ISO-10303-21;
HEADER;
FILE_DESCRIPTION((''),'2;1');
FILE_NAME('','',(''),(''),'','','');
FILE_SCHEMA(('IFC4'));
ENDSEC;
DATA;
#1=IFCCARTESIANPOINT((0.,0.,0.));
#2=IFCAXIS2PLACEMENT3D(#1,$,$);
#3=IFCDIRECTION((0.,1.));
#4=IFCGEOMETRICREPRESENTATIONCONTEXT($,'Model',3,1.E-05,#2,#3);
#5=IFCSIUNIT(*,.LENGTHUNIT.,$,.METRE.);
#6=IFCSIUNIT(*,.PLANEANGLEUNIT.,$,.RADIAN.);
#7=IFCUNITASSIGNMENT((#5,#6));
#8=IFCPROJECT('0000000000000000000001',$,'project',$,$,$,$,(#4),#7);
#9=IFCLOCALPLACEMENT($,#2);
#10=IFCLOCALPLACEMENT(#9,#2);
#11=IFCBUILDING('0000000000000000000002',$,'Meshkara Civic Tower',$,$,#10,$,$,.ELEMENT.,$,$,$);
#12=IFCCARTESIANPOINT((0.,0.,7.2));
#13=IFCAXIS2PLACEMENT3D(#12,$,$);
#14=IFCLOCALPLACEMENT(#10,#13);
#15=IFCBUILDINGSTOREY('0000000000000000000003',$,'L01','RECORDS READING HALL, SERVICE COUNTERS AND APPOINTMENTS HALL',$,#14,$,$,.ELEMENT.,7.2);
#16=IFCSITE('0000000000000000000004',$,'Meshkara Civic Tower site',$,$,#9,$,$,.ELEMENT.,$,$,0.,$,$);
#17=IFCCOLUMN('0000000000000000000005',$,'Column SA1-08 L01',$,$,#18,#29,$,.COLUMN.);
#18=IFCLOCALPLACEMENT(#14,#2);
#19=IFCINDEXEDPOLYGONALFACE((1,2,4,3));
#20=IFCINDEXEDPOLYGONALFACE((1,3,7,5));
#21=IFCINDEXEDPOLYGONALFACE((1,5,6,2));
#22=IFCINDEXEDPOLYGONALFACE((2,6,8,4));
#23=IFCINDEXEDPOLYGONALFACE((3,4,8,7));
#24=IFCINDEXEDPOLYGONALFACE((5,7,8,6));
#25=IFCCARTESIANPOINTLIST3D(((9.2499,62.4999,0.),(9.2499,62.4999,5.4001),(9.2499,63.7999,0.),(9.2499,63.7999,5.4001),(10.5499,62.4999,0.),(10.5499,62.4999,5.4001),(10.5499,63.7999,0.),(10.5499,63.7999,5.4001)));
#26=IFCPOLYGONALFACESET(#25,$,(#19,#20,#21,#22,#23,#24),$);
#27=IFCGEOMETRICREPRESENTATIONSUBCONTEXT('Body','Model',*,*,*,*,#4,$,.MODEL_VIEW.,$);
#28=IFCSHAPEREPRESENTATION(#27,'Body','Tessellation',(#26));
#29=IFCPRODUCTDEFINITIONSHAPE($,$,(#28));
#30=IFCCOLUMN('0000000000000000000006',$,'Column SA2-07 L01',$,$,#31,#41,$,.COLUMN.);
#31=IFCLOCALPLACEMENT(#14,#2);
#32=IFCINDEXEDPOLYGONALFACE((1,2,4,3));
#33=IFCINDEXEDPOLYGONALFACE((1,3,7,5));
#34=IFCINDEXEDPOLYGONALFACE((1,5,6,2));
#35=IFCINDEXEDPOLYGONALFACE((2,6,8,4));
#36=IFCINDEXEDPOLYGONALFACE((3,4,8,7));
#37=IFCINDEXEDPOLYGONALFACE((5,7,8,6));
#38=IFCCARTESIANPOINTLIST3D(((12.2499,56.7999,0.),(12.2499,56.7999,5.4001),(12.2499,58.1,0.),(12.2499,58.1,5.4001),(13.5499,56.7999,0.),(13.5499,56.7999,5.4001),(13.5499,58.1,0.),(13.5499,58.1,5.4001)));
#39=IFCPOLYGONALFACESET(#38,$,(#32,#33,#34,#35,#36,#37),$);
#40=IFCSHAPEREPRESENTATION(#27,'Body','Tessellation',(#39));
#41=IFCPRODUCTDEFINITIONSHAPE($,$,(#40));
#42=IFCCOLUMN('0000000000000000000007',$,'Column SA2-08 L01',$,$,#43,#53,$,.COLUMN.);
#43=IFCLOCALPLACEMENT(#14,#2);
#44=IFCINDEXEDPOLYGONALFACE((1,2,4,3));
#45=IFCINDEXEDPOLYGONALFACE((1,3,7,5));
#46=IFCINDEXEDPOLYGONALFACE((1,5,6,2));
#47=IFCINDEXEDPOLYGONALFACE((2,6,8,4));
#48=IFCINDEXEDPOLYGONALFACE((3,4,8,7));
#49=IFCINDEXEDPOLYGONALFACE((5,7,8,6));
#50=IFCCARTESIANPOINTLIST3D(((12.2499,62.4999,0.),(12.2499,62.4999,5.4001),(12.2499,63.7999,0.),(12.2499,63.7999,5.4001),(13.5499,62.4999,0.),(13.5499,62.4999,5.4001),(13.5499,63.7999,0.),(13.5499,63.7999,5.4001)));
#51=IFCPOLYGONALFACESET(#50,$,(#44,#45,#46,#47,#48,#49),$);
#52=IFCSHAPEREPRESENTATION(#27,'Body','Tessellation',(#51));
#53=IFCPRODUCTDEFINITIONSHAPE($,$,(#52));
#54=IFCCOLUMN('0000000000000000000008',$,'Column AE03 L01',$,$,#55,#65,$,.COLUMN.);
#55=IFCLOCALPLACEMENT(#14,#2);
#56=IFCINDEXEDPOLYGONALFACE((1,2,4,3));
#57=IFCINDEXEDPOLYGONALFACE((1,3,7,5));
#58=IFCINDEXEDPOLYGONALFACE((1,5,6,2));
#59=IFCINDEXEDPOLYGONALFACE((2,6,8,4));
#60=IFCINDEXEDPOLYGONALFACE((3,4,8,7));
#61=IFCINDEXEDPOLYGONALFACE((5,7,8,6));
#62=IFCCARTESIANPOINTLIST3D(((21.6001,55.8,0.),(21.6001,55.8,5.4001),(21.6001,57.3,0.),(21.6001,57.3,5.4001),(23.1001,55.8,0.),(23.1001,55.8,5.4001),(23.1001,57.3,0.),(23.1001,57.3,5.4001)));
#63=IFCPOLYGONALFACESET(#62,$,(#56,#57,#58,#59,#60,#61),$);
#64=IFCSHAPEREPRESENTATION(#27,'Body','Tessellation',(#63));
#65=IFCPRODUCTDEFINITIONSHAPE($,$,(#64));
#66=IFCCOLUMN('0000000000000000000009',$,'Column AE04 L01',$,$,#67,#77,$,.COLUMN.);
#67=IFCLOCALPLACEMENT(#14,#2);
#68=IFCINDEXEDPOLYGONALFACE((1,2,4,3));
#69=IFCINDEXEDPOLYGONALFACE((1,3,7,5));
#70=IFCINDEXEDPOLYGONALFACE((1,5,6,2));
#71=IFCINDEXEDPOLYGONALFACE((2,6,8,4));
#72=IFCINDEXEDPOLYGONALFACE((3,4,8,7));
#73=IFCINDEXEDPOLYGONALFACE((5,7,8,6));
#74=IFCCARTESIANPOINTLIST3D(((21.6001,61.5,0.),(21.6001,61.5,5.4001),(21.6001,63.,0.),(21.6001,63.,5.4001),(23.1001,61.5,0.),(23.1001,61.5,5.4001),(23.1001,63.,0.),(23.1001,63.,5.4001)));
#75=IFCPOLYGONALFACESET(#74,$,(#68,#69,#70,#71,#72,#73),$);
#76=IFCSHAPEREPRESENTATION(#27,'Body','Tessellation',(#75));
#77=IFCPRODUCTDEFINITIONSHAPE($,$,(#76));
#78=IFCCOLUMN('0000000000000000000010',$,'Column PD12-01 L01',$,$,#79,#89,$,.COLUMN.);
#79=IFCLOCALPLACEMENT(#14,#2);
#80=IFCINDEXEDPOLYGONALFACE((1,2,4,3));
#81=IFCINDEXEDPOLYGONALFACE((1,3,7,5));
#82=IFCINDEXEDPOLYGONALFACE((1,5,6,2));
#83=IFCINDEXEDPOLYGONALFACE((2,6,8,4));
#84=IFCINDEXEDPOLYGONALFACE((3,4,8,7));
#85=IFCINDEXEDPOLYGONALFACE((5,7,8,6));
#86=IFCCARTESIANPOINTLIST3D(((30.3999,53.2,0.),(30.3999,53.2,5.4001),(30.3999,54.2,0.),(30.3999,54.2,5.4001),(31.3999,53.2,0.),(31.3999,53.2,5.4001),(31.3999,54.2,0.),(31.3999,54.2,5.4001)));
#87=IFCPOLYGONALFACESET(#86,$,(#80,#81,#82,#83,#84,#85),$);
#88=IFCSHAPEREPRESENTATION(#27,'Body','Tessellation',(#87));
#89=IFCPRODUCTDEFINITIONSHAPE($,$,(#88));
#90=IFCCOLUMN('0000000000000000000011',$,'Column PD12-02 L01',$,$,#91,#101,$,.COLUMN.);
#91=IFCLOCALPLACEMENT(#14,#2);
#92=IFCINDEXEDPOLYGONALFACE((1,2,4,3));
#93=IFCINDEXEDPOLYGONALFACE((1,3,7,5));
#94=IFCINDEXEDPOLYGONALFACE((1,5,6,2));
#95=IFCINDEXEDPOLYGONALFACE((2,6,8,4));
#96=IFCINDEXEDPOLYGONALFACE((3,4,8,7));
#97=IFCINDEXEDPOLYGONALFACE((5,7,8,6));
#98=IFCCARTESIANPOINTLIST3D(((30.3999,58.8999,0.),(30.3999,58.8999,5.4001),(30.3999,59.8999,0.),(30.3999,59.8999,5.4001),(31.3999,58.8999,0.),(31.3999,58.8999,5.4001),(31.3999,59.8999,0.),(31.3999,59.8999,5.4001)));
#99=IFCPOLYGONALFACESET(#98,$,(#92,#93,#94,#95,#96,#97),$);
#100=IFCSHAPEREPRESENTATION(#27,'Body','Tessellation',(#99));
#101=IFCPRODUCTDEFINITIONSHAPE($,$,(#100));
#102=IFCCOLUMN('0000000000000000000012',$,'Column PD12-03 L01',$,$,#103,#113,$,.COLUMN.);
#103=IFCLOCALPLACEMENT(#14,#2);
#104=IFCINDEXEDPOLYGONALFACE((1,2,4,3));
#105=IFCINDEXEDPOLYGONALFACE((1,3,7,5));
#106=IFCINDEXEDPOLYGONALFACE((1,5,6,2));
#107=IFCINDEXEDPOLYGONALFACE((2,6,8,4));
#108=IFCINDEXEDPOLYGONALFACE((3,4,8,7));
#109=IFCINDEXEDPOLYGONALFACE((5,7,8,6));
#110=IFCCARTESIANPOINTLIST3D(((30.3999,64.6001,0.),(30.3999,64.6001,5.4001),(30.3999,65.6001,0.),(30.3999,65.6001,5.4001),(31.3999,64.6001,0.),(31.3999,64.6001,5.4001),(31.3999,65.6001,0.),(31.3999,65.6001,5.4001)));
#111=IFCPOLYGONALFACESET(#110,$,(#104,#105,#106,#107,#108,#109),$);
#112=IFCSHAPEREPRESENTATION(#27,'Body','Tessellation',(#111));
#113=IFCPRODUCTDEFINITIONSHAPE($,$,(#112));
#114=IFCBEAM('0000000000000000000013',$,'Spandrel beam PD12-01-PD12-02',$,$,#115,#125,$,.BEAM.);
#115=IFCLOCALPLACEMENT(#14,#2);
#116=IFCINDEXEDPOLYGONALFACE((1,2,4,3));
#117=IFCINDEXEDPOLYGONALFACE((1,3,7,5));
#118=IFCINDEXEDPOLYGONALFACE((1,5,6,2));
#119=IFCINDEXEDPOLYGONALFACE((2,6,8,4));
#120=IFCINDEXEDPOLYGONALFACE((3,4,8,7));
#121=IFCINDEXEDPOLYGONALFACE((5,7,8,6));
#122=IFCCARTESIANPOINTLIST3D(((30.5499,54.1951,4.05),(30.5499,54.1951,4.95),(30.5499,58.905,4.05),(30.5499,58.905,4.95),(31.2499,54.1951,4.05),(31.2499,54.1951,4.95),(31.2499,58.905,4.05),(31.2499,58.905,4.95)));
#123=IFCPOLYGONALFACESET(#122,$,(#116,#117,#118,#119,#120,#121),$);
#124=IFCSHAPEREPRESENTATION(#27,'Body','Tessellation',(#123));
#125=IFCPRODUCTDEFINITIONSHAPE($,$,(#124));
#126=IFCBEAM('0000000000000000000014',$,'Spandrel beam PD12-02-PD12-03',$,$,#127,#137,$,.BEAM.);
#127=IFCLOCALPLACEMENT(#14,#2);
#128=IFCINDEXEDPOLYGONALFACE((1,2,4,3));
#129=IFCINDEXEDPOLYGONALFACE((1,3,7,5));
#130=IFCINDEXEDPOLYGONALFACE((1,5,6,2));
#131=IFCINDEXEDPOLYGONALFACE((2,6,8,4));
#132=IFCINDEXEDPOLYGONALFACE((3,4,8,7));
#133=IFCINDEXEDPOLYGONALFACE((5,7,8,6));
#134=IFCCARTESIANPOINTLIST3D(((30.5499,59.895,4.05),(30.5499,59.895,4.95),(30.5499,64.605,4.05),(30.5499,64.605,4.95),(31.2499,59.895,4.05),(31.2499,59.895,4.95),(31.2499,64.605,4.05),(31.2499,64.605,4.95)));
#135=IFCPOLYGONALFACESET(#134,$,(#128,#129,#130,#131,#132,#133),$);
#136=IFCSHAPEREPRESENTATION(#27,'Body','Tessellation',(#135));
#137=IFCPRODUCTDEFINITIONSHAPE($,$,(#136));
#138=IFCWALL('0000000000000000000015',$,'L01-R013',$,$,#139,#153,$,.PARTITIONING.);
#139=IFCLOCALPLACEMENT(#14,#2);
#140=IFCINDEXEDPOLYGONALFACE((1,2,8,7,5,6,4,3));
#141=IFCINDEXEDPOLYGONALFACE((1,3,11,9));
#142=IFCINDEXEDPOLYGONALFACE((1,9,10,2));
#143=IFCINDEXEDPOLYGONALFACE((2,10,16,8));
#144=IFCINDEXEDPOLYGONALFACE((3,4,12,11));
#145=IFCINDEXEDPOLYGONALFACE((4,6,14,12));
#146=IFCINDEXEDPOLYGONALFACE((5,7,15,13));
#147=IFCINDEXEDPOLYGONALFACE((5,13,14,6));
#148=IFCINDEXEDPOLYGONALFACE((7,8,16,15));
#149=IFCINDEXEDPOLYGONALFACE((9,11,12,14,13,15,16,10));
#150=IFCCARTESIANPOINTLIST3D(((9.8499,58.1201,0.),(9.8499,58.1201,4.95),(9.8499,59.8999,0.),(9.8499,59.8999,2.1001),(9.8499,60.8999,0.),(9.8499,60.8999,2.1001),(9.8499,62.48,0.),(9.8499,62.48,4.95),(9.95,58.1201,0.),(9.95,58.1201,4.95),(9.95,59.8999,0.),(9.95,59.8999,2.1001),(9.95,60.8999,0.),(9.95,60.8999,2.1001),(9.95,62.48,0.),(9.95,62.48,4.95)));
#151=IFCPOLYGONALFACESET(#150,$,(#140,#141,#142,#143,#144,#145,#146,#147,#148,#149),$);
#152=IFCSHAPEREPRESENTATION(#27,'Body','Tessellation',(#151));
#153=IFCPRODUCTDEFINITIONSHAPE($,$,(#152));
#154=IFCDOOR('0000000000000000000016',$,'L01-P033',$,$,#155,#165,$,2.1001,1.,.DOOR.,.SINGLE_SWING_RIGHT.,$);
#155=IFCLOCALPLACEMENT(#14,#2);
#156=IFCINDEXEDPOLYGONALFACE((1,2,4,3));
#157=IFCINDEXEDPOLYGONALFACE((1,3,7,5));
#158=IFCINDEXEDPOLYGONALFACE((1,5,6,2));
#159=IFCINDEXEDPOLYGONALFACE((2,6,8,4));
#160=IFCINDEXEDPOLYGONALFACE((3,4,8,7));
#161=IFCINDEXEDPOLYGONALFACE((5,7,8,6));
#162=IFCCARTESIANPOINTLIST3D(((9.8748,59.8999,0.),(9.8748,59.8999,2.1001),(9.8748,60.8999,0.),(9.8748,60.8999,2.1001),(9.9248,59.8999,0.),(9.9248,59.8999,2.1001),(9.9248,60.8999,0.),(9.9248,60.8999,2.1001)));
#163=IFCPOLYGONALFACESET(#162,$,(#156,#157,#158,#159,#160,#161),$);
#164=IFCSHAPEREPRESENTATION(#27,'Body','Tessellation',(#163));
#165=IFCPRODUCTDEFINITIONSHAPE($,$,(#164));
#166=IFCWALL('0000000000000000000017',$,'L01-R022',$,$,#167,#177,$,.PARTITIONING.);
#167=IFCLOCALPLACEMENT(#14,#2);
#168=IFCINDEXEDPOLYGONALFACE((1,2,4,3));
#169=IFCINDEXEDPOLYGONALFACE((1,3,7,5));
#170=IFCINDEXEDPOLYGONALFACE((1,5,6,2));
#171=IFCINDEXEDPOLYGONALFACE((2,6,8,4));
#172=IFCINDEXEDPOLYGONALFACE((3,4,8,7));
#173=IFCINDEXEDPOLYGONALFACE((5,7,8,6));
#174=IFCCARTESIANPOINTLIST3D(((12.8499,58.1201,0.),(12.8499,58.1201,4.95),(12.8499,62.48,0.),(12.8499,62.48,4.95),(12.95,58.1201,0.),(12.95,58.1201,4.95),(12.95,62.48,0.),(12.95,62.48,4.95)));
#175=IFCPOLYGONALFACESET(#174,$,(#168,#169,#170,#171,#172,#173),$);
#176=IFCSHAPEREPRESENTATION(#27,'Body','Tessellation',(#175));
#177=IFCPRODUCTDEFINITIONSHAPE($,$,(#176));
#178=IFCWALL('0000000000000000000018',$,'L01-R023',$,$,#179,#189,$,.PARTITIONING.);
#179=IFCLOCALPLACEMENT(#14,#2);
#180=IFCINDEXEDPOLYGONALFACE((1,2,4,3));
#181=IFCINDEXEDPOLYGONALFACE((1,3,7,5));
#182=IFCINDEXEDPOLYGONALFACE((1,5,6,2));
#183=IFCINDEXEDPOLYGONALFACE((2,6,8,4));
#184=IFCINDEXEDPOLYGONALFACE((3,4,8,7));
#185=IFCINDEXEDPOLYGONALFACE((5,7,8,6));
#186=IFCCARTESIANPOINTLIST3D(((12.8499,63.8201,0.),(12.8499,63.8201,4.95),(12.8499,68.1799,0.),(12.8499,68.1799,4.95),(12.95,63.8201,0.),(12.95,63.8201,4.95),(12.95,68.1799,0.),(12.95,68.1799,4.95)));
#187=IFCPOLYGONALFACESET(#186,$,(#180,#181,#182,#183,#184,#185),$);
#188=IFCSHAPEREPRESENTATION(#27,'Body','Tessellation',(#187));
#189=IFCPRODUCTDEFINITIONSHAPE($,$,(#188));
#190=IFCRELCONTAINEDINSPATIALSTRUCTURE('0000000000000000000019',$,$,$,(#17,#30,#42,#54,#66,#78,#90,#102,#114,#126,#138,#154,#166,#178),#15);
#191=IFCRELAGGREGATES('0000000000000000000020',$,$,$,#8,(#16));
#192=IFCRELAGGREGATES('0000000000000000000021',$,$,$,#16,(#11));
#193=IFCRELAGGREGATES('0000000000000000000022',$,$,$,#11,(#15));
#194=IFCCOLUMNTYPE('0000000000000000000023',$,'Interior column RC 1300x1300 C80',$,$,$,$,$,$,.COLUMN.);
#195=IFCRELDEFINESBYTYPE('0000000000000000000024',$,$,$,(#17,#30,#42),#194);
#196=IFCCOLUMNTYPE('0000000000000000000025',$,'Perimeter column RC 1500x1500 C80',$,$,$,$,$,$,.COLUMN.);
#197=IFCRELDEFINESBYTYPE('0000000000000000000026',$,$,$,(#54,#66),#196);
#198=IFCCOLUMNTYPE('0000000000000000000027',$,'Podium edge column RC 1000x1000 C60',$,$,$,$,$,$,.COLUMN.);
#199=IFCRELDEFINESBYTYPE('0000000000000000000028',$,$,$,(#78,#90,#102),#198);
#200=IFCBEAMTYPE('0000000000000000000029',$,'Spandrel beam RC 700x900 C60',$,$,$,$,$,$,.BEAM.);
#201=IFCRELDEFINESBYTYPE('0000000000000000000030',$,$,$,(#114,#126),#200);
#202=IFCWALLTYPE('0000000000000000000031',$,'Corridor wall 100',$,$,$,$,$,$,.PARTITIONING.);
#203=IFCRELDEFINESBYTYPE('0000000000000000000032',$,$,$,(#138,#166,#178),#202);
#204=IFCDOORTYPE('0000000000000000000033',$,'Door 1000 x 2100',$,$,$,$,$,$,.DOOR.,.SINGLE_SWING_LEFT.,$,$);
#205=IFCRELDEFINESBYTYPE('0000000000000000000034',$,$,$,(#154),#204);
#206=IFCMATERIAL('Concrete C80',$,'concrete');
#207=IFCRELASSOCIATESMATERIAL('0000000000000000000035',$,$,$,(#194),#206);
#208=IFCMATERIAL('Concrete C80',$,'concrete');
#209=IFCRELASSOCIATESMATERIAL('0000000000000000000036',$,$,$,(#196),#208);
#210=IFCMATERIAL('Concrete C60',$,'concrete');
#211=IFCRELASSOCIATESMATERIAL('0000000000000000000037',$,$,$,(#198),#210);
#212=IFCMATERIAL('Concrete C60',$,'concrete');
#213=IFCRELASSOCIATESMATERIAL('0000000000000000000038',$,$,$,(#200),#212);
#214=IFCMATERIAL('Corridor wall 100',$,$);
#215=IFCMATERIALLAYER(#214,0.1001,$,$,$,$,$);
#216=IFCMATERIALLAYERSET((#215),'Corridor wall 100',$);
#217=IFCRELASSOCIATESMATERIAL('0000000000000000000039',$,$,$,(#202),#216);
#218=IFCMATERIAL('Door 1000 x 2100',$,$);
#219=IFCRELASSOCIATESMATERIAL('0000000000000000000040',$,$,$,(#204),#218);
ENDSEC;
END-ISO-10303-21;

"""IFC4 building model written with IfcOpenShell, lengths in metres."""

from ifc_helpers import new_model, si_unit, direction, frame, frame_2d, origin, origin_2d, place, context, subcontext, project, spatial, rectangle, extrude, material, layer, layer_set, material_profile, profile_set, type_object, element, fill, save


model = new_model("IFC4")

# Units and contexts
model_context = context("Model", 3, precision=1e-05, world=origin(), true_north=direction((0.0, 1.0)))
body_context = subcontext(model_context, "Body", "Model", "MODEL_VIEW")
ifc_project = project(units=[si_unit("LENGTHUNIT", "METRE"), si_unit("PLANEANGLEUNIT", "RADIAN")], contexts=[model_context])

# Site, building, storey
site_placement = place(None, origin())
site = spatial("IfcSite", under=ifc_project, at=site_placement, Name="Meshkara Civic Tower site", CompositionType="ELEMENT", RefElevation=0.0)
building_placement = place(site_placement, origin())
building = spatial("IfcBuilding", under=site, at=building_placement, Name="Meshkara Civic Tower", CompositionType="ELEMENT")
storey_placement = place(building_placement, frame((0.0, 0.0, 7.2)))
storey = spatial("IfcBuildingStorey", under=building, at=storey_placement, Name="L01", Description="RECORDS READING HALL, SERVICE COUNTERS AND APPOINTMENTS HALL", CompositionType="ELEMENT", Elevation=7.2)

# Columns
ifc_material_1 = material(Name="Concrete C80", Category="concrete")
ifc_material_profile_1 = material_profile(ifc_material_1, rectangle(XDim=1.3, YDim=1.3, at=origin_2d()))
ifc_profile_set_1 = profile_set([ifc_material_profile_1], Name="Concrete C80")
column_type_1 = type_object("IfcColumnType", Name="Interior column RC 1300x1300 C80", PredefinedType="COLUMN", material=ifc_profile_set_1)
for number, where, z_axis, x_axis, name in (
    (1, (9.8999, 63.1499, 0.0), (0.0, 0.0, 1.0), (1.0, 0.0, 0.0), "Column SA1-08 L01"),
    (2, (12.8999, 57.45, 0.0), (0.0, 0.0, 1.0), (1.0, 0.0, 0.0), "Column SA2-07 L01"),
    (3, (12.8999, 63.1499, 0.0), (0.0, 0.0, 1.0), (1.0, 0.0, 0.0), "Column SA2-08 L01"),
):
    element("IfcColumn", number, at=place(storey_placement, frame(where, z_axis=z_axis, x_axis=x_axis)), inside=storey, type_object=column_type_1, Name=name, PredefinedType="COLUMN", context=body_context, shape_type="SweptSolid", body=[
        extrude(rectangle(XDim=1.3, YDim=1.3, at=origin_2d()), origin(), (0.0, 0.0, 1.0), 5.4001),
    ])
ifc_material_2 = material(Name="Concrete C80", Category="concrete")
ifc_material_profile_2 = material_profile(ifc_material_2, rectangle(XDim=1.5, YDim=1.5, at=origin_2d()))
ifc_profile_set_2 = profile_set([ifc_material_profile_2], Name="Concrete C80")
column_type_2 = type_object("IfcColumnType", Name="Perimeter column RC 1500x1500 C80", PredefinedType="COLUMN", material=ifc_profile_set_2)
for number, where, z_axis, x_axis, name in (
    (4, (22.3501, 56.55, 0.0), (0.0, 0.0, 1.0), (1.0, 0.0, 0.0), "Column AE03 L01"),
    (5, (22.3501, 62.25, 0.0), (0.0, 0.0, 1.0), (1.0, 0.0, 0.0), "Column AE04 L01"),
):
    element("IfcColumn", number, at=place(storey_placement, frame(where, z_axis=z_axis, x_axis=x_axis)), inside=storey, type_object=column_type_2, Name=name, PredefinedType="COLUMN", context=body_context, shape_type="SweptSolid", body=[
        extrude(rectangle(XDim=1.5, YDim=1.5, at=origin_2d()), origin(), (0.0, 0.0, 1.0), 5.4001),
    ])
ifc_material_3 = material(Name="Concrete C60", Category="concrete")
ifc_material_profile_3 = material_profile(ifc_material_3, rectangle(XDim=1.0, YDim=1.0, at=origin_2d()))
ifc_profile_set_3 = profile_set([ifc_material_profile_3], Name="Concrete C60")
column_type_3 = type_object("IfcColumnType", Name="Podium edge column RC 1000x1000 C60", PredefinedType="COLUMN", material=ifc_profile_set_3)
for number, where, z_axis, x_axis, name in (
    (6, (30.8999, 53.7, 0.0), (0.0, 0.0, 1.0), (1.0, 0.0, 0.0), "Column PD12-01 L01"),
    (7, (30.8999, 59.3999, 0.0), (0.0, 0.0, 1.0), (1.0, 0.0, 0.0), "Column PD12-02 L01"),
    (8, (30.8999, 65.1001, 0.0), (0.0, 0.0, 1.0), (1.0, 0.0, 0.0), "Column PD12-03 L01"),
):
    element("IfcColumn", number, at=place(storey_placement, frame(where, z_axis=z_axis, x_axis=x_axis)), inside=storey, type_object=column_type_3, Name=name, PredefinedType="COLUMN", context=body_context, shape_type="SweptSolid", body=[
        extrude(rectangle(XDim=1.0, YDim=1.0, at=origin_2d()), origin(), (0.0, 0.0, 1.0), 5.4001),
    ])

# Beams
ifc_material_4 = material(Name="Concrete C60", Category="concrete")
ifc_material_profile_4 = material_profile(ifc_material_4, rectangle(XDim=0.7, YDim=0.8999, at=origin_2d()))
ifc_profile_set_4 = profile_set([ifc_material_profile_4], Name="Concrete C60")
beam_type = type_object("IfcBeamType", Name="Spandrel beam RC 700x900 C60", PredefinedType="BEAM", material=ifc_profile_set_4)
for number, where, z_axis, x_axis, name in (
    (9, (30.8999, 54.1951, 4.5), (0.0, 1.0, 0.0), (-1.0, 0.0, 0.0), "Spandrel beam PD12-01-PD12-02"),
    (10, (30.8999, 59.895, 4.5), (0.0, 1.0, 0.0), (-1.0, 0.0, 0.0), "Spandrel beam PD12-02-PD12-03"),
):
    element("IfcBeam", number, at=place(storey_placement, frame(where, z_axis=z_axis, x_axis=x_axis)), inside=storey, type_object=beam_type, Name=name, PredefinedType="BEAM", context=body_context, shape_type="SweptSolid", body=[
        extrude(rectangle(XDim=0.7, YDim=0.8999, at=origin_2d()), origin(), (0.0, 0.0, 1.0), 4.71),
    ])

# Wall, opening, door
ifc_material_5 = material(Name="Corridor wall 100")
ifc_layer_1 = layer(ifc_material_5, 0.1001)
ifc_layer_set_1 = layer_set([ifc_layer_1], Name="Corridor wall 100")
wall_type_1 = type_object("IfcWallType", Name="Corridor wall 100", PredefinedType="PARTITIONING", material=ifc_layer_set_1)
wall_1_placement = place(storey_placement, frame((9.8999, 62.48, 0.0), z_axis=(0.0, 0.0, 1.0), x_axis=(0.0, -1.0, 0.0)))
wall_1 = element("IfcWall", 11, at=wall_1_placement, inside=storey, type_object=wall_type_1, Name="L01-R013", PredefinedType="PARTITIONING", context=body_context, shape_type="SweptSolid", body=[
    extrude(rectangle(XDim=4.3599, YDim=0.1001, at=frame_2d((2.1799, 0.0))), origin(), (0.0, 0.0, 1.0), 4.95),
])
opening_1_placement = place(wall_1_placement, frame((1.5801, 0.0, 0.0)))
opening_1 = element("IfcOpeningElement", 12, at=opening_1_placement, cuts=wall_1, PredefinedType="OPENING", context=body_context, shape_type="SweptSolid", body=[
    extrude(rectangle(XDim=1.0, YDim=2.1001, at=frame_2d((0.5, 1.05))), frame((0.0, 0.0601, 0.0), z_axis=(0.0, -1.0, 0.0), x_axis=(1.0, 0.0, 0.0)), (0.0, 0.0, 1.0), 0.1201),
])
ifc_material_6 = material(Name="Door 1000 x 2100")
door_type = type_object("IfcDoorType", Name="Door 1000 x 2100", OperationType="SINGLE_SWING_LEFT", PredefinedType="DOOR", material=ifc_material_6)
door_placement = place(opening_1_placement, origin())
door = element("IfcDoor", 13, at=door_placement, inside=storey, type_object=door_type, Name="L01-P033", OperationType="SINGLE_SWING_RIGHT", OverallHeight=2.1001, OverallWidth=1.0, PredefinedType="DOOR", context=body_context, shape_type="SweptSolid", body=[
    extrude(rectangle(XDim=1.0, YDim=2.1001, at=frame_2d((0.5, 1.05))), frame((0.0, 0.0249, 0.0), z_axis=(0.0, -1.0, 0.0), x_axis=(1.0, 0.0, 0.0)), (0.0, 0.0, 1.0), 0.05),
])
fill(opening_1, door)

# Walls
for number, where, z_axis, x_axis, name in (
    (14, (12.8999, 62.48, 0.0), (0.0, 0.0, 1.0), (0.0, -1.0, 0.0), "L01-R022"),
    (15, (12.8999, 63.8201, 0.0), (0.0, 0.0, 1.0), (0.0, 1.0, 0.0), "L01-R023"),
):
    element("IfcWall", number, at=place(storey_placement, frame(where, z_axis=z_axis, x_axis=x_axis)), inside=storey, type_object=wall_type_1, Name=name, PredefinedType="PARTITIONING", context=body_context, shape_type="SweptSolid", body=[
        extrude(rectangle(XDim=4.3599, YDim=0.1001, at=frame_2d((2.1799, 0.0))), origin(), (0.0, 0.0, 1.0), 4.95),
    ])

save(model, "model.ifc")
